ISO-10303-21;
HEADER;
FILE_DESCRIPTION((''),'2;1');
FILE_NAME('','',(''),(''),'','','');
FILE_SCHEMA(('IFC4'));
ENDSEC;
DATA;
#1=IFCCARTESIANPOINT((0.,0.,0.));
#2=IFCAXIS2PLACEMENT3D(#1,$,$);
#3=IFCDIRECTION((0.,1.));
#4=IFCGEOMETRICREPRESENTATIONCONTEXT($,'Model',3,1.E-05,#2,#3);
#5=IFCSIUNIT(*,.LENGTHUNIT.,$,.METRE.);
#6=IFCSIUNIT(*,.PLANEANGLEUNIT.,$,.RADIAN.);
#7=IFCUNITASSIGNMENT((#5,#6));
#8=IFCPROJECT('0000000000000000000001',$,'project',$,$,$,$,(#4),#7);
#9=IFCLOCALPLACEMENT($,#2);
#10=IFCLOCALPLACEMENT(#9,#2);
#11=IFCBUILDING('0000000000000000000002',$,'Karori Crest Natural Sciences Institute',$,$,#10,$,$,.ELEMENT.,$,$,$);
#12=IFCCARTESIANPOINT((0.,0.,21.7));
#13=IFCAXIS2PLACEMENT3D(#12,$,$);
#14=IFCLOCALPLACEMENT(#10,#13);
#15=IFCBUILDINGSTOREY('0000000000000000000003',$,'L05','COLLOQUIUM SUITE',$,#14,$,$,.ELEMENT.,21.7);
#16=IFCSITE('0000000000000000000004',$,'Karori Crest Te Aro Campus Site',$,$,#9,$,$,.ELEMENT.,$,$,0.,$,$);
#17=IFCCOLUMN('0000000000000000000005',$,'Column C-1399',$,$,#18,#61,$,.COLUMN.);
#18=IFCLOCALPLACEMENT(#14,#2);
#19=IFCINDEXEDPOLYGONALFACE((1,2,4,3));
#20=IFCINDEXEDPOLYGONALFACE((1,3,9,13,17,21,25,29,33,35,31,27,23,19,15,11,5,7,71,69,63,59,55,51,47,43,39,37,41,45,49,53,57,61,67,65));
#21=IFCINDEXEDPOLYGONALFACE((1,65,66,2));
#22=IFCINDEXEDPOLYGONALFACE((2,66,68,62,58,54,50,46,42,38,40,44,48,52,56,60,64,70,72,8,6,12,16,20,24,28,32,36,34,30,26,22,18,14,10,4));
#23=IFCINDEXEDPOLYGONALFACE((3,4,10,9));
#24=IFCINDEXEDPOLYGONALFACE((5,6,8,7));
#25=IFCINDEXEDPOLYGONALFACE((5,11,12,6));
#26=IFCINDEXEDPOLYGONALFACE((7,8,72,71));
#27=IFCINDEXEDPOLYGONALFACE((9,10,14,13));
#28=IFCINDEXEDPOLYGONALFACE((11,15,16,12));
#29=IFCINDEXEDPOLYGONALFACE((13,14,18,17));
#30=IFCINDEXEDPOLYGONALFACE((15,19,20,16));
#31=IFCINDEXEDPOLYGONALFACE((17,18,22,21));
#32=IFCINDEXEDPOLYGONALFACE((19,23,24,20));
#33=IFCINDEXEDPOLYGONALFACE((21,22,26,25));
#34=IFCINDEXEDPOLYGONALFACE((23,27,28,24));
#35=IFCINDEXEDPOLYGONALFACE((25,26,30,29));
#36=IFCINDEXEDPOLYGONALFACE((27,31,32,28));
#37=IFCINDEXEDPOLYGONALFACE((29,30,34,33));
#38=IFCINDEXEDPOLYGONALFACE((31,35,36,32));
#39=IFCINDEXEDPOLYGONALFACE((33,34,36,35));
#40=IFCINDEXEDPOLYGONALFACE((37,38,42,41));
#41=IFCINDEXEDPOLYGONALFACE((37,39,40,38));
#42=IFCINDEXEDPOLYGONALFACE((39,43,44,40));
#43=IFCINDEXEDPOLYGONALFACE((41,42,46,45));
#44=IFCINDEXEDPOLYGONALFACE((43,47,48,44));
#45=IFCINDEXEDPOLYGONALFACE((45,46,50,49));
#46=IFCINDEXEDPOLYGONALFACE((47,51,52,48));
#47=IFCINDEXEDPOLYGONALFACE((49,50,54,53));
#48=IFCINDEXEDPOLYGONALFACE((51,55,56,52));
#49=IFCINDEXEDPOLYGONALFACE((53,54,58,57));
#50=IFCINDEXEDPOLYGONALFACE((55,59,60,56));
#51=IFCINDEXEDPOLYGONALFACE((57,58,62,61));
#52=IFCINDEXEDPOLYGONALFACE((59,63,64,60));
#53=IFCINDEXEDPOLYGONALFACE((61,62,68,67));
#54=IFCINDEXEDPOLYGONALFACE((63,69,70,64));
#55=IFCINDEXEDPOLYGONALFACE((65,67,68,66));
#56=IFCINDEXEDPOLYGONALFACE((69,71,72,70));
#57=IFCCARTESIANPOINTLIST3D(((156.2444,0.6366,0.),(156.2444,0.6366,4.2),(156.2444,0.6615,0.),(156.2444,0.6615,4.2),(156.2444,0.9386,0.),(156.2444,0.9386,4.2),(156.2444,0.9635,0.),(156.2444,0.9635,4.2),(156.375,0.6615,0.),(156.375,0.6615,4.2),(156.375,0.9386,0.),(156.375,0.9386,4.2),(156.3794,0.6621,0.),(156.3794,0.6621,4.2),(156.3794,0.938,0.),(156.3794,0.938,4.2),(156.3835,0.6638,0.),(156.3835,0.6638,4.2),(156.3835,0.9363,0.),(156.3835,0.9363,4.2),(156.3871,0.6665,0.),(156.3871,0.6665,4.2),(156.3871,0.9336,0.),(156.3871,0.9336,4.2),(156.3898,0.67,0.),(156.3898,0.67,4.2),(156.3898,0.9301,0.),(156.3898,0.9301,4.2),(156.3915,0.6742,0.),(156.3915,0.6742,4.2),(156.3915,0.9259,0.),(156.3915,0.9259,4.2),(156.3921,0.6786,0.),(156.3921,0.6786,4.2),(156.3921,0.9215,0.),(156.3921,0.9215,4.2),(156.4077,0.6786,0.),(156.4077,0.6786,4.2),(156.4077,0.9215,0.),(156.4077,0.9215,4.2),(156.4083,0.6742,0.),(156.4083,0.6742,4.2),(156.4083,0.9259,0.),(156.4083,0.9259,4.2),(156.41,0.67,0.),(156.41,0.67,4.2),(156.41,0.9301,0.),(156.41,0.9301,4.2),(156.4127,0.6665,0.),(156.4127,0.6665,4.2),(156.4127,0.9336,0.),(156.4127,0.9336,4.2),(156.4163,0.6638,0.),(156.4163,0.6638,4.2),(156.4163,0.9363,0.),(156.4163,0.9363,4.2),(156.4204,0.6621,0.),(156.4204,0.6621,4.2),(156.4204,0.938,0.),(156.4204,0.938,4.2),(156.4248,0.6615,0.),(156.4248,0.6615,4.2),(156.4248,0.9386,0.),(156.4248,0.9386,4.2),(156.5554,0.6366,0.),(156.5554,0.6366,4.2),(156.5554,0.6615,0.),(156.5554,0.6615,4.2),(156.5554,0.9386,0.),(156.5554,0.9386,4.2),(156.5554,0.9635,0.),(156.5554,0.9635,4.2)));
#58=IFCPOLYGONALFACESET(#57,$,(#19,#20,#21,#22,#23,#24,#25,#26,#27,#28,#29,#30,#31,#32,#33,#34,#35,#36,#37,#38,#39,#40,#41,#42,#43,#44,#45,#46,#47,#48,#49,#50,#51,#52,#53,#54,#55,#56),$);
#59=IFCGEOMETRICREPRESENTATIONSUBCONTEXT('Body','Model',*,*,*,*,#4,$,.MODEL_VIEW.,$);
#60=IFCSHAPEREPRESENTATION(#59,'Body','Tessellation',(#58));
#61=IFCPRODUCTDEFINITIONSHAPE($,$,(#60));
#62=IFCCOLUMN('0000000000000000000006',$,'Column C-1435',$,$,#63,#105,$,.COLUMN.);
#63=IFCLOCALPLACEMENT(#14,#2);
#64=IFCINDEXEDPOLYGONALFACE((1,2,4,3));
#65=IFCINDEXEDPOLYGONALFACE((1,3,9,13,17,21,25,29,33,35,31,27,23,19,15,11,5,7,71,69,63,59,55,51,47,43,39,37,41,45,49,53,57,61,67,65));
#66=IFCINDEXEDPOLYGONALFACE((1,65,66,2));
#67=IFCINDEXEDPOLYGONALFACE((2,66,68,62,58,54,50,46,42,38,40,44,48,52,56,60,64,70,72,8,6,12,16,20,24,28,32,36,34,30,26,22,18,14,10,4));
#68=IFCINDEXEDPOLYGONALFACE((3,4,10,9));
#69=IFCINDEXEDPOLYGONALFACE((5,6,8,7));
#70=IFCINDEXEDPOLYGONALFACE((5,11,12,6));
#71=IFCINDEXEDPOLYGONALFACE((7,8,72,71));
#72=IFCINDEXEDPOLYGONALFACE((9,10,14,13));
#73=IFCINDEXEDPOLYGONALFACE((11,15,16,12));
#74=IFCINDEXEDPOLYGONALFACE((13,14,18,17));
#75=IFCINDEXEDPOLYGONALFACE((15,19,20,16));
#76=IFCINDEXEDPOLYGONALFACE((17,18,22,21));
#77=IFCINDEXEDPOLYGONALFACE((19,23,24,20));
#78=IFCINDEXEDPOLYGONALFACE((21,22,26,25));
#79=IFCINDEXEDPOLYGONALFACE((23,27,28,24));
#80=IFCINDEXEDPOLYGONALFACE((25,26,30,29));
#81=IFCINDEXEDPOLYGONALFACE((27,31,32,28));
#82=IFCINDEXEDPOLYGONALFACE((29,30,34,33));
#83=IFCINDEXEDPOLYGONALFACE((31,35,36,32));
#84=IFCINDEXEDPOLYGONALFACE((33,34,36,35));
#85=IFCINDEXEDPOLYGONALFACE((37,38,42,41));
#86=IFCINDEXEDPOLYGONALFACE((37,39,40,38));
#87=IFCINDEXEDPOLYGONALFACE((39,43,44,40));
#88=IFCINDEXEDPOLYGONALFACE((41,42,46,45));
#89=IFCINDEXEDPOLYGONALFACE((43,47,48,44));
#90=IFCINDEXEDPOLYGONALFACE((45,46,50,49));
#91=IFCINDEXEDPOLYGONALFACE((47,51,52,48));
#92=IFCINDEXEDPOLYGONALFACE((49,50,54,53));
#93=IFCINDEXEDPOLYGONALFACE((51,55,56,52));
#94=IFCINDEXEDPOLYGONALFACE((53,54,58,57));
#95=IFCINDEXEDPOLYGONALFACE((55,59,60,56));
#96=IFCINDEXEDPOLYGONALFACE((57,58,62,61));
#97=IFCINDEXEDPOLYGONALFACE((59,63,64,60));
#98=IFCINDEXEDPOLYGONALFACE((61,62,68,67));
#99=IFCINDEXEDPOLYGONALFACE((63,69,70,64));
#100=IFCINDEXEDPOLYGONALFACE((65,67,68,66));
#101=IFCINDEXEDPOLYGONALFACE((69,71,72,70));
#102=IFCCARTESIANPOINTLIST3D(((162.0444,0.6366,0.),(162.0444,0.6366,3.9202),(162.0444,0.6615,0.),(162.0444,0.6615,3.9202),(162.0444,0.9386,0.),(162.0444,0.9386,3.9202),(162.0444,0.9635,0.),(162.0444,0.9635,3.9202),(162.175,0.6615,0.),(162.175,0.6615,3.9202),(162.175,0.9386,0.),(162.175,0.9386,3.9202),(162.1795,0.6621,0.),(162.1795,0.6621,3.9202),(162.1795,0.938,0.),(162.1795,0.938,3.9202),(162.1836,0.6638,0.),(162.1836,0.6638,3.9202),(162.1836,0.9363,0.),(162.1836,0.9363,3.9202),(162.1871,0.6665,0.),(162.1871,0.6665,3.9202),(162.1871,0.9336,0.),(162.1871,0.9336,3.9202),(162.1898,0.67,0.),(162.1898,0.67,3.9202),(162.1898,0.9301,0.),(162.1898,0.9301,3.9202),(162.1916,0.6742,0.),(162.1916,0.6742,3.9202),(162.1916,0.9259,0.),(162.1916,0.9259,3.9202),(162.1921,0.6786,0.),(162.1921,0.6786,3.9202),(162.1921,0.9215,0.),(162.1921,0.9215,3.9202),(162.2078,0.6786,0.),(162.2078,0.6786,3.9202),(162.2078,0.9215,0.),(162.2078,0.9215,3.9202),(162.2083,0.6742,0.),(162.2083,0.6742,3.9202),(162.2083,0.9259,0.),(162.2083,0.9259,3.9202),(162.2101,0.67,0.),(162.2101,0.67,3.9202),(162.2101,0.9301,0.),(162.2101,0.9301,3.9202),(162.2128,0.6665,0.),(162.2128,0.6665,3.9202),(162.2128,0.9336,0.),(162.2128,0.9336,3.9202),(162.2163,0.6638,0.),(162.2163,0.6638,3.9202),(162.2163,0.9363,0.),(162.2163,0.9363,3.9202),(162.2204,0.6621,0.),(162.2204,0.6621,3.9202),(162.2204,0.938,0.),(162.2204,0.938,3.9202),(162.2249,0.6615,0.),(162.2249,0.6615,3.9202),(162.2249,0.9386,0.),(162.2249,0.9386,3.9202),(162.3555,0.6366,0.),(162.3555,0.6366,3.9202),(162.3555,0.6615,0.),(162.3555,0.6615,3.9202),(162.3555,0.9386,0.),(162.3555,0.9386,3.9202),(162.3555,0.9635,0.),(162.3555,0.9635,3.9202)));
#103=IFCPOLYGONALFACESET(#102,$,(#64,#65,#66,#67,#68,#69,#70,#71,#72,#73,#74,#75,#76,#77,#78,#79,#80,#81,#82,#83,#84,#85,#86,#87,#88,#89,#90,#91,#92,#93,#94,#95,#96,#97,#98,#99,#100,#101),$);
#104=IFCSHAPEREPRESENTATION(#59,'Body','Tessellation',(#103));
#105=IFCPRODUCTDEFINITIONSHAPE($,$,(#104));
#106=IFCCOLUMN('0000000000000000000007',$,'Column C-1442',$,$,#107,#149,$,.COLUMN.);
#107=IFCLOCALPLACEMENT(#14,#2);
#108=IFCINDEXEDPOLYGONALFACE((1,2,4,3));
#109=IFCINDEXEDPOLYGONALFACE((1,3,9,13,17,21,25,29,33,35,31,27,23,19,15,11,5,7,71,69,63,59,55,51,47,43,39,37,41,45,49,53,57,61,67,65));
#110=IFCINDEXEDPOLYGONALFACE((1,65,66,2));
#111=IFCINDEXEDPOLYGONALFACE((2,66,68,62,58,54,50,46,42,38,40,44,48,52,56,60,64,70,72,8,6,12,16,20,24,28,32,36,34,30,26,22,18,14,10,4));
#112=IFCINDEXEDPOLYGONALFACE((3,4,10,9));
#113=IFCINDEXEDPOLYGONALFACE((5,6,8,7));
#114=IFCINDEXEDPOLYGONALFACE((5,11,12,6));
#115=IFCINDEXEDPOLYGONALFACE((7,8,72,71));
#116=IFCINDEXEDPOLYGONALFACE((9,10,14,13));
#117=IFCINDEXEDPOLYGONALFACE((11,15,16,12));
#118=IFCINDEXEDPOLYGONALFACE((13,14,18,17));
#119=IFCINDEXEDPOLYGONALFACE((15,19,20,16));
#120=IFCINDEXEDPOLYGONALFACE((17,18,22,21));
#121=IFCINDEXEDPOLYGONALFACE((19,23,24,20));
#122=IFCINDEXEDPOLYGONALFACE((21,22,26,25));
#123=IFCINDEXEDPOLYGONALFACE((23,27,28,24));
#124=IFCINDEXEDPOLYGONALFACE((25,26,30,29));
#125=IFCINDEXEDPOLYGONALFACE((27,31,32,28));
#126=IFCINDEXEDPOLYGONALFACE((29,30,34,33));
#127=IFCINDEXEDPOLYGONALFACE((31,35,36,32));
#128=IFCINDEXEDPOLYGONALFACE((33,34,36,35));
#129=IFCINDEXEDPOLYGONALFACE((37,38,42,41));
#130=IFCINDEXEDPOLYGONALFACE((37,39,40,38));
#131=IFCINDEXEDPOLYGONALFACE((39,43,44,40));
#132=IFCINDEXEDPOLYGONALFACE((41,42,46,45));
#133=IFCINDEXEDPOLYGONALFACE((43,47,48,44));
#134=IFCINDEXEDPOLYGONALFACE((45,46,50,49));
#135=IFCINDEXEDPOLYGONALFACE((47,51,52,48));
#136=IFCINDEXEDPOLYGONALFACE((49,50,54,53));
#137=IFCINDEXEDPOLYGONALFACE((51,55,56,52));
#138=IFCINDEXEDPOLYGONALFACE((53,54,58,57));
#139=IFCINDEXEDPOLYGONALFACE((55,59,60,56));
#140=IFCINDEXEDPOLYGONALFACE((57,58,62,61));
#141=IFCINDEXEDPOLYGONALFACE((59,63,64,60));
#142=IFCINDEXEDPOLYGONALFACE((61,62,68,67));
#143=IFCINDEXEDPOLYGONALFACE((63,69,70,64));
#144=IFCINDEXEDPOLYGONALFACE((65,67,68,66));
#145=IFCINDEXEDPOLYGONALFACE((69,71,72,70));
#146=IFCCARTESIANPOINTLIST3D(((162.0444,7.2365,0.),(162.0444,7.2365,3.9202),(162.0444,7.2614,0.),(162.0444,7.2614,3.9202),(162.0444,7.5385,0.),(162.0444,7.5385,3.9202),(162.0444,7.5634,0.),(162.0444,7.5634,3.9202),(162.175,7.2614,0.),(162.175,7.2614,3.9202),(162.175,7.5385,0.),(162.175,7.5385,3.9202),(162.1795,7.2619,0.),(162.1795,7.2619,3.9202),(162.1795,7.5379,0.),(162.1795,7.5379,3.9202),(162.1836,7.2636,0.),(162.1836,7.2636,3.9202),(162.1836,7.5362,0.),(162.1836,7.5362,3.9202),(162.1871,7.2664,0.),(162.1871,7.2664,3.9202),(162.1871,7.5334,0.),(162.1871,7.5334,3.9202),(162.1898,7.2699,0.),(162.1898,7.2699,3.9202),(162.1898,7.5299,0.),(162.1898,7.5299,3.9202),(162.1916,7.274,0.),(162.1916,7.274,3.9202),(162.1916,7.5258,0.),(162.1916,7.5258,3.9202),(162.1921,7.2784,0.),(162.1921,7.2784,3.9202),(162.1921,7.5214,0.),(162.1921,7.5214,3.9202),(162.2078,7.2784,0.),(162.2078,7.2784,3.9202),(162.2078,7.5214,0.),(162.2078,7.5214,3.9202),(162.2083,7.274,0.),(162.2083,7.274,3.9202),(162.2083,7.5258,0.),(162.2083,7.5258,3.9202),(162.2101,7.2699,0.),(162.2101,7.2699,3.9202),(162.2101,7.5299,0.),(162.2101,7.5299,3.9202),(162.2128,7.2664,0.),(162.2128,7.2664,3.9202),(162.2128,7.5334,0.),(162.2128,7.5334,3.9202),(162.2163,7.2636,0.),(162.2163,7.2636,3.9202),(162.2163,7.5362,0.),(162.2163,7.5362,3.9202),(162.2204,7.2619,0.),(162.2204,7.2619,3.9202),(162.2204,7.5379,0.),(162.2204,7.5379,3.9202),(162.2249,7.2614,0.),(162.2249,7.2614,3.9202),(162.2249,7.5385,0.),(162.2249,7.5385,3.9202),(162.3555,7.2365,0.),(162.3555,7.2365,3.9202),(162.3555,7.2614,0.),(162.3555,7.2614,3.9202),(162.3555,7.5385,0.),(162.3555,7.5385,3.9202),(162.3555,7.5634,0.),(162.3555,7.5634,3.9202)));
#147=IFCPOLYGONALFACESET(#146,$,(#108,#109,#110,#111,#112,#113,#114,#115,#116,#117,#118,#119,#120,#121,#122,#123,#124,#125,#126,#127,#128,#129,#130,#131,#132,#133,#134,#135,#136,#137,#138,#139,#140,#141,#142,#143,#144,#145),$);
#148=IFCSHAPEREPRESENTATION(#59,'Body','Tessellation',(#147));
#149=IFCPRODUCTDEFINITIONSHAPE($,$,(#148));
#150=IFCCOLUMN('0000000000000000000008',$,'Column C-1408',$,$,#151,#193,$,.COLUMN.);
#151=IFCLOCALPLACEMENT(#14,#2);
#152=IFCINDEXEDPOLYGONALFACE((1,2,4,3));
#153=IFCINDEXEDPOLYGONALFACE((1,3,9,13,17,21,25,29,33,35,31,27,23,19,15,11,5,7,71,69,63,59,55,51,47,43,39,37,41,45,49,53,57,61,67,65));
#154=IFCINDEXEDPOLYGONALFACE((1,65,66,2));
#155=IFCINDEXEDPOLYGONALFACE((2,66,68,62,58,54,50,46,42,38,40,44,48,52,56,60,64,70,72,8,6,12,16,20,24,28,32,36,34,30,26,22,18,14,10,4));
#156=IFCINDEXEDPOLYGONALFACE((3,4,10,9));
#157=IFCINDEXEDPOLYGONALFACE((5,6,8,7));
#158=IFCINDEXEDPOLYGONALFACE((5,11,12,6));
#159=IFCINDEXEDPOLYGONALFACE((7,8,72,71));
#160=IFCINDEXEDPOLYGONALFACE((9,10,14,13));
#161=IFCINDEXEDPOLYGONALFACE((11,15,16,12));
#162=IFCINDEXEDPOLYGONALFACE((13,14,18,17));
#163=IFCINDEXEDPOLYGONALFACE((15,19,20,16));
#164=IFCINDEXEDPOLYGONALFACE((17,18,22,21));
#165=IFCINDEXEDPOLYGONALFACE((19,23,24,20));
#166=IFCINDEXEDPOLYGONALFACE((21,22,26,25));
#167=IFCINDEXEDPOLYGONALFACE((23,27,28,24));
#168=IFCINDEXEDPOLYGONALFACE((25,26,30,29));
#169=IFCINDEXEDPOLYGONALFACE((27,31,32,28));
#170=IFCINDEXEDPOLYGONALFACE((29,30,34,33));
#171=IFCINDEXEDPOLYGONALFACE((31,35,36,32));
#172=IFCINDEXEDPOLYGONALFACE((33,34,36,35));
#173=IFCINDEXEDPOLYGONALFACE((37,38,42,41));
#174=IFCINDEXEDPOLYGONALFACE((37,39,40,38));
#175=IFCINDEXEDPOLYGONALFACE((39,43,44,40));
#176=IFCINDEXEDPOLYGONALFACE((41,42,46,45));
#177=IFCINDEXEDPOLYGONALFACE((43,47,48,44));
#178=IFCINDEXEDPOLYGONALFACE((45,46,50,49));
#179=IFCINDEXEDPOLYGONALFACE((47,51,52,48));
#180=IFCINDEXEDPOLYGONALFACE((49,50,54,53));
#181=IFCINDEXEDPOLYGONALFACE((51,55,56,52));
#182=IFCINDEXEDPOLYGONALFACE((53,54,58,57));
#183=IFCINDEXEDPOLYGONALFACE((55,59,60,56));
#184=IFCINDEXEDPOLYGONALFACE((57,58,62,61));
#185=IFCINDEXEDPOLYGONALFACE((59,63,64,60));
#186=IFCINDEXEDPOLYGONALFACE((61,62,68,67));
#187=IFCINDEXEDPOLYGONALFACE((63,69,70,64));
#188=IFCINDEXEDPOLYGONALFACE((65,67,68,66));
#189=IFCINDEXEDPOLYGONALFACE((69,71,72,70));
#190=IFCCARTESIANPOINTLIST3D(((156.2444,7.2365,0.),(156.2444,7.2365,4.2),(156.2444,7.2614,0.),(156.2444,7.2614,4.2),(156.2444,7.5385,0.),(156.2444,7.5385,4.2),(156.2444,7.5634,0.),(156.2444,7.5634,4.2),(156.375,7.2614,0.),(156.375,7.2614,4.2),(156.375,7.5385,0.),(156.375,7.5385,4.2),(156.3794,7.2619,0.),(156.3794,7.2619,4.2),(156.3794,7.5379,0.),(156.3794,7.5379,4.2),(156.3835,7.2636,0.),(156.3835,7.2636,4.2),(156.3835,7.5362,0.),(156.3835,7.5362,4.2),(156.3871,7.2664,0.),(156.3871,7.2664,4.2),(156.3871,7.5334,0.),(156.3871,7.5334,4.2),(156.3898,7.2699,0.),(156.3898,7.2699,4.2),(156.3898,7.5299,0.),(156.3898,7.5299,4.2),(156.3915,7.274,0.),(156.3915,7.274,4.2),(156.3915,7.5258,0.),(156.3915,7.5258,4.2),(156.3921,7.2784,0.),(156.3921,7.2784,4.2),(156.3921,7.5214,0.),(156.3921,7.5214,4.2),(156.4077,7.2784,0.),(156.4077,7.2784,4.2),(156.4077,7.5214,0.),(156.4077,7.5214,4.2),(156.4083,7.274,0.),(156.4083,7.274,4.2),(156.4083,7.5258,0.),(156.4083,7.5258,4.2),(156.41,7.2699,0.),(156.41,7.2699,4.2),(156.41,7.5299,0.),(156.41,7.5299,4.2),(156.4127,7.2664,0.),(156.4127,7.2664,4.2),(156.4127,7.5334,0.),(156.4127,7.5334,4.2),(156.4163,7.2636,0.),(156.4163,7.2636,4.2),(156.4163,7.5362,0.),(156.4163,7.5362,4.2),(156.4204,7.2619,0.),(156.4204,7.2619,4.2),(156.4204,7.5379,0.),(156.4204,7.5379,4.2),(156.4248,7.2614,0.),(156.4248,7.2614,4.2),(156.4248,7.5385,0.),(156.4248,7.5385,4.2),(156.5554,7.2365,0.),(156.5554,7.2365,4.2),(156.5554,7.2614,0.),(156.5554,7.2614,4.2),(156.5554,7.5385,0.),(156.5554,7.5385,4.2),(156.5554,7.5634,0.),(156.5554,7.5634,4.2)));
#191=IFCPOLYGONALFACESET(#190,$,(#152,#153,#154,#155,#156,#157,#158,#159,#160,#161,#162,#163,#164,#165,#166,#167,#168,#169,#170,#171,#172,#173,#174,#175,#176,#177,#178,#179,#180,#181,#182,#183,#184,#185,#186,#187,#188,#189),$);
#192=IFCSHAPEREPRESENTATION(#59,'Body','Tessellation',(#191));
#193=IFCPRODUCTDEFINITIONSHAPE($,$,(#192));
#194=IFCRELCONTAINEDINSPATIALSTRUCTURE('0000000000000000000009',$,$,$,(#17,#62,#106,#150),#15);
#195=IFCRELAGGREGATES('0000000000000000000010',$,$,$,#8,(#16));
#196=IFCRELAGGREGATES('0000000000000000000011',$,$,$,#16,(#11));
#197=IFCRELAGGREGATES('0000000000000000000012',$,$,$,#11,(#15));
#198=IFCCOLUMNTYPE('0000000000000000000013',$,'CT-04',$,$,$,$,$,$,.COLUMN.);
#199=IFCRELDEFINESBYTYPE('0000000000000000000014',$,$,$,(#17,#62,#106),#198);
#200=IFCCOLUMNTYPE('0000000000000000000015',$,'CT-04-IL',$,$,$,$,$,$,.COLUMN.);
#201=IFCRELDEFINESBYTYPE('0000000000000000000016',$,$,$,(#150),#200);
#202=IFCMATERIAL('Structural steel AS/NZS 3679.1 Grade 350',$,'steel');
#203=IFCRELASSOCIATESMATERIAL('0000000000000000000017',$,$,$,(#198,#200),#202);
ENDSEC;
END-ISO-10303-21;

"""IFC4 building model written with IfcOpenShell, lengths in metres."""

from ifc_helpers import new_model, si_unit, direction, frame, origin, origin_2d, place, context, subcontext, project, spatial, i_section, extrude, material, material_profile, profile_set, type_object, element, save


model = new_model("IFC4")

# Units and contexts
model_context = context("Model", 3, precision=1e-05, world=origin(), true_north=direction((0.0, 1.0)))
body_context = subcontext(model_context, "Body", "Model", "MODEL_VIEW")
ifc_project = project(units=[si_unit("LENGTHUNIT", "METRE"), si_unit("PLANEANGLEUNIT", "RADIAN")], contexts=[model_context])

# Site, building, storey
site_placement = place(None, origin())
site = spatial("IfcSite", under=ifc_project, at=site_placement, Name="Karori Crest Te Aro Campus Site", CompositionType="ELEMENT", RefElevation=0.0)
building_placement = place(site_placement, origin())
building = spatial("IfcBuilding", under=site, at=building_placement, Name="Karori Crest Natural Sciences Institute", CompositionType="ELEMENT")
storey_placement = place(building_placement, frame((0.0, 0.0, 21.7)))
storey = spatial("IfcBuildingStorey", under=building, at=storey_placement, Name="L05", Description="COLLOQUIUM SUITE", CompositionType="ELEMENT", Elevation=21.7)

# Columns
ifc_material_1 = material(Name="Structural steel AS/NZS 3679.1 Grade 350", Category="steel")
ifc_material_profile_1 = material_profile(ifc_material_1, i_section(OverallWidth=0.311, OverallDepth=0.3269, WebThickness=0.0156, FlangeThickness=0.0249, FilletRadius=0.0171, at=origin_2d()), Name="310UC158")
ifc_profile_set_1 = profile_set([ifc_material_profile_1], Name="Structural steel AS/NZS 3679.1 Grade 350")
column_type_1 = type_object("IfcColumnType", Name="CT-04", PredefinedType="COLUMN", material=ifc_profile_set_1)
column_1_placement = place(storey_placement, frame((156.3999, 0.8, 0.0), z_axis=(0.0, 0.0, 1.0), x_axis=(1.0, 0.0, 0.0)))
element("IfcColumn", 1, at=column_1_placement, inside=storey, type_object=column_type_1, Name="Column C-1399", PredefinedType="COLUMN", context=body_context, shape_type="SweptSolid", body=[
    extrude(i_section(OverallWidth=0.311, OverallDepth=0.3269, WebThickness=0.0156, FlangeThickness=0.0249, FilletRadius=0.0171, at=origin_2d()), origin(), (0.0, 0.0, 1.0), 4.2),
])
for number, where, z_axis, x_axis, name in (
    (2, (162.2, 0.8, 0.0), (0.0, 0.0, 1.0), (1.0, 0.0, 0.0), "Column C-1435"),
    (3, (162.2, 7.3999, 0.0), (0.0, 0.0, 1.0), (1.0, 0.0, 0.0), "Column C-1442"),
):
    element("IfcColumn", number, at=place(storey_placement, frame(where, z_axis=z_axis, x_axis=x_axis)), inside=storey, type_object=column_type_1, Name=name, PredefinedType="COLUMN", context=body_context, shape_type="SweptSolid", body=[
        extrude(i_section(OverallWidth=0.311, OverallDepth=0.3269, WebThickness=0.0156, FlangeThickness=0.0249, FilletRadius=0.0171, at=origin_2d()), origin(), (0.0, 0.0, 1.0), 3.9202),
    ])
ifc_material_profile_2 = material_profile(ifc_material_1, i_section(OverallWidth=0.311, OverallDepth=0.3269, WebThickness=0.0156, FlangeThickness=0.0249, FilletRadius=0.0171, at=origin_2d()), Name="310UC158")
ifc_profile_set_2 = profile_set([ifc_material_profile_2], Name="Structural steel AS/NZS 3679.1 Grade 350")
column_type_2 = type_object("IfcColumnType", Name="CT-04-IL", PredefinedType="COLUMN", material=ifc_profile_set_2)
column_2_placement = place(storey_placement, frame((156.3999, 7.3999, 0.0), z_axis=(0.0, 0.0, 1.0), x_axis=(1.0, 0.0, 0.0)))
element("IfcColumn", 4, at=column_2_placement, inside=storey, type_object=column_type_2, Name="Column C-1408", PredefinedType="COLUMN", context=body_context, shape_type="SweptSolid", body=[
    extrude(i_section(OverallWidth=0.311, OverallDepth=0.3269, WebThickness=0.0156, FlangeThickness=0.0249, FilletRadius=0.0171, at=origin_2d()), origin(), (0.0, 0.0, 1.0), 4.2),
])

save(model, "model.ifc")
